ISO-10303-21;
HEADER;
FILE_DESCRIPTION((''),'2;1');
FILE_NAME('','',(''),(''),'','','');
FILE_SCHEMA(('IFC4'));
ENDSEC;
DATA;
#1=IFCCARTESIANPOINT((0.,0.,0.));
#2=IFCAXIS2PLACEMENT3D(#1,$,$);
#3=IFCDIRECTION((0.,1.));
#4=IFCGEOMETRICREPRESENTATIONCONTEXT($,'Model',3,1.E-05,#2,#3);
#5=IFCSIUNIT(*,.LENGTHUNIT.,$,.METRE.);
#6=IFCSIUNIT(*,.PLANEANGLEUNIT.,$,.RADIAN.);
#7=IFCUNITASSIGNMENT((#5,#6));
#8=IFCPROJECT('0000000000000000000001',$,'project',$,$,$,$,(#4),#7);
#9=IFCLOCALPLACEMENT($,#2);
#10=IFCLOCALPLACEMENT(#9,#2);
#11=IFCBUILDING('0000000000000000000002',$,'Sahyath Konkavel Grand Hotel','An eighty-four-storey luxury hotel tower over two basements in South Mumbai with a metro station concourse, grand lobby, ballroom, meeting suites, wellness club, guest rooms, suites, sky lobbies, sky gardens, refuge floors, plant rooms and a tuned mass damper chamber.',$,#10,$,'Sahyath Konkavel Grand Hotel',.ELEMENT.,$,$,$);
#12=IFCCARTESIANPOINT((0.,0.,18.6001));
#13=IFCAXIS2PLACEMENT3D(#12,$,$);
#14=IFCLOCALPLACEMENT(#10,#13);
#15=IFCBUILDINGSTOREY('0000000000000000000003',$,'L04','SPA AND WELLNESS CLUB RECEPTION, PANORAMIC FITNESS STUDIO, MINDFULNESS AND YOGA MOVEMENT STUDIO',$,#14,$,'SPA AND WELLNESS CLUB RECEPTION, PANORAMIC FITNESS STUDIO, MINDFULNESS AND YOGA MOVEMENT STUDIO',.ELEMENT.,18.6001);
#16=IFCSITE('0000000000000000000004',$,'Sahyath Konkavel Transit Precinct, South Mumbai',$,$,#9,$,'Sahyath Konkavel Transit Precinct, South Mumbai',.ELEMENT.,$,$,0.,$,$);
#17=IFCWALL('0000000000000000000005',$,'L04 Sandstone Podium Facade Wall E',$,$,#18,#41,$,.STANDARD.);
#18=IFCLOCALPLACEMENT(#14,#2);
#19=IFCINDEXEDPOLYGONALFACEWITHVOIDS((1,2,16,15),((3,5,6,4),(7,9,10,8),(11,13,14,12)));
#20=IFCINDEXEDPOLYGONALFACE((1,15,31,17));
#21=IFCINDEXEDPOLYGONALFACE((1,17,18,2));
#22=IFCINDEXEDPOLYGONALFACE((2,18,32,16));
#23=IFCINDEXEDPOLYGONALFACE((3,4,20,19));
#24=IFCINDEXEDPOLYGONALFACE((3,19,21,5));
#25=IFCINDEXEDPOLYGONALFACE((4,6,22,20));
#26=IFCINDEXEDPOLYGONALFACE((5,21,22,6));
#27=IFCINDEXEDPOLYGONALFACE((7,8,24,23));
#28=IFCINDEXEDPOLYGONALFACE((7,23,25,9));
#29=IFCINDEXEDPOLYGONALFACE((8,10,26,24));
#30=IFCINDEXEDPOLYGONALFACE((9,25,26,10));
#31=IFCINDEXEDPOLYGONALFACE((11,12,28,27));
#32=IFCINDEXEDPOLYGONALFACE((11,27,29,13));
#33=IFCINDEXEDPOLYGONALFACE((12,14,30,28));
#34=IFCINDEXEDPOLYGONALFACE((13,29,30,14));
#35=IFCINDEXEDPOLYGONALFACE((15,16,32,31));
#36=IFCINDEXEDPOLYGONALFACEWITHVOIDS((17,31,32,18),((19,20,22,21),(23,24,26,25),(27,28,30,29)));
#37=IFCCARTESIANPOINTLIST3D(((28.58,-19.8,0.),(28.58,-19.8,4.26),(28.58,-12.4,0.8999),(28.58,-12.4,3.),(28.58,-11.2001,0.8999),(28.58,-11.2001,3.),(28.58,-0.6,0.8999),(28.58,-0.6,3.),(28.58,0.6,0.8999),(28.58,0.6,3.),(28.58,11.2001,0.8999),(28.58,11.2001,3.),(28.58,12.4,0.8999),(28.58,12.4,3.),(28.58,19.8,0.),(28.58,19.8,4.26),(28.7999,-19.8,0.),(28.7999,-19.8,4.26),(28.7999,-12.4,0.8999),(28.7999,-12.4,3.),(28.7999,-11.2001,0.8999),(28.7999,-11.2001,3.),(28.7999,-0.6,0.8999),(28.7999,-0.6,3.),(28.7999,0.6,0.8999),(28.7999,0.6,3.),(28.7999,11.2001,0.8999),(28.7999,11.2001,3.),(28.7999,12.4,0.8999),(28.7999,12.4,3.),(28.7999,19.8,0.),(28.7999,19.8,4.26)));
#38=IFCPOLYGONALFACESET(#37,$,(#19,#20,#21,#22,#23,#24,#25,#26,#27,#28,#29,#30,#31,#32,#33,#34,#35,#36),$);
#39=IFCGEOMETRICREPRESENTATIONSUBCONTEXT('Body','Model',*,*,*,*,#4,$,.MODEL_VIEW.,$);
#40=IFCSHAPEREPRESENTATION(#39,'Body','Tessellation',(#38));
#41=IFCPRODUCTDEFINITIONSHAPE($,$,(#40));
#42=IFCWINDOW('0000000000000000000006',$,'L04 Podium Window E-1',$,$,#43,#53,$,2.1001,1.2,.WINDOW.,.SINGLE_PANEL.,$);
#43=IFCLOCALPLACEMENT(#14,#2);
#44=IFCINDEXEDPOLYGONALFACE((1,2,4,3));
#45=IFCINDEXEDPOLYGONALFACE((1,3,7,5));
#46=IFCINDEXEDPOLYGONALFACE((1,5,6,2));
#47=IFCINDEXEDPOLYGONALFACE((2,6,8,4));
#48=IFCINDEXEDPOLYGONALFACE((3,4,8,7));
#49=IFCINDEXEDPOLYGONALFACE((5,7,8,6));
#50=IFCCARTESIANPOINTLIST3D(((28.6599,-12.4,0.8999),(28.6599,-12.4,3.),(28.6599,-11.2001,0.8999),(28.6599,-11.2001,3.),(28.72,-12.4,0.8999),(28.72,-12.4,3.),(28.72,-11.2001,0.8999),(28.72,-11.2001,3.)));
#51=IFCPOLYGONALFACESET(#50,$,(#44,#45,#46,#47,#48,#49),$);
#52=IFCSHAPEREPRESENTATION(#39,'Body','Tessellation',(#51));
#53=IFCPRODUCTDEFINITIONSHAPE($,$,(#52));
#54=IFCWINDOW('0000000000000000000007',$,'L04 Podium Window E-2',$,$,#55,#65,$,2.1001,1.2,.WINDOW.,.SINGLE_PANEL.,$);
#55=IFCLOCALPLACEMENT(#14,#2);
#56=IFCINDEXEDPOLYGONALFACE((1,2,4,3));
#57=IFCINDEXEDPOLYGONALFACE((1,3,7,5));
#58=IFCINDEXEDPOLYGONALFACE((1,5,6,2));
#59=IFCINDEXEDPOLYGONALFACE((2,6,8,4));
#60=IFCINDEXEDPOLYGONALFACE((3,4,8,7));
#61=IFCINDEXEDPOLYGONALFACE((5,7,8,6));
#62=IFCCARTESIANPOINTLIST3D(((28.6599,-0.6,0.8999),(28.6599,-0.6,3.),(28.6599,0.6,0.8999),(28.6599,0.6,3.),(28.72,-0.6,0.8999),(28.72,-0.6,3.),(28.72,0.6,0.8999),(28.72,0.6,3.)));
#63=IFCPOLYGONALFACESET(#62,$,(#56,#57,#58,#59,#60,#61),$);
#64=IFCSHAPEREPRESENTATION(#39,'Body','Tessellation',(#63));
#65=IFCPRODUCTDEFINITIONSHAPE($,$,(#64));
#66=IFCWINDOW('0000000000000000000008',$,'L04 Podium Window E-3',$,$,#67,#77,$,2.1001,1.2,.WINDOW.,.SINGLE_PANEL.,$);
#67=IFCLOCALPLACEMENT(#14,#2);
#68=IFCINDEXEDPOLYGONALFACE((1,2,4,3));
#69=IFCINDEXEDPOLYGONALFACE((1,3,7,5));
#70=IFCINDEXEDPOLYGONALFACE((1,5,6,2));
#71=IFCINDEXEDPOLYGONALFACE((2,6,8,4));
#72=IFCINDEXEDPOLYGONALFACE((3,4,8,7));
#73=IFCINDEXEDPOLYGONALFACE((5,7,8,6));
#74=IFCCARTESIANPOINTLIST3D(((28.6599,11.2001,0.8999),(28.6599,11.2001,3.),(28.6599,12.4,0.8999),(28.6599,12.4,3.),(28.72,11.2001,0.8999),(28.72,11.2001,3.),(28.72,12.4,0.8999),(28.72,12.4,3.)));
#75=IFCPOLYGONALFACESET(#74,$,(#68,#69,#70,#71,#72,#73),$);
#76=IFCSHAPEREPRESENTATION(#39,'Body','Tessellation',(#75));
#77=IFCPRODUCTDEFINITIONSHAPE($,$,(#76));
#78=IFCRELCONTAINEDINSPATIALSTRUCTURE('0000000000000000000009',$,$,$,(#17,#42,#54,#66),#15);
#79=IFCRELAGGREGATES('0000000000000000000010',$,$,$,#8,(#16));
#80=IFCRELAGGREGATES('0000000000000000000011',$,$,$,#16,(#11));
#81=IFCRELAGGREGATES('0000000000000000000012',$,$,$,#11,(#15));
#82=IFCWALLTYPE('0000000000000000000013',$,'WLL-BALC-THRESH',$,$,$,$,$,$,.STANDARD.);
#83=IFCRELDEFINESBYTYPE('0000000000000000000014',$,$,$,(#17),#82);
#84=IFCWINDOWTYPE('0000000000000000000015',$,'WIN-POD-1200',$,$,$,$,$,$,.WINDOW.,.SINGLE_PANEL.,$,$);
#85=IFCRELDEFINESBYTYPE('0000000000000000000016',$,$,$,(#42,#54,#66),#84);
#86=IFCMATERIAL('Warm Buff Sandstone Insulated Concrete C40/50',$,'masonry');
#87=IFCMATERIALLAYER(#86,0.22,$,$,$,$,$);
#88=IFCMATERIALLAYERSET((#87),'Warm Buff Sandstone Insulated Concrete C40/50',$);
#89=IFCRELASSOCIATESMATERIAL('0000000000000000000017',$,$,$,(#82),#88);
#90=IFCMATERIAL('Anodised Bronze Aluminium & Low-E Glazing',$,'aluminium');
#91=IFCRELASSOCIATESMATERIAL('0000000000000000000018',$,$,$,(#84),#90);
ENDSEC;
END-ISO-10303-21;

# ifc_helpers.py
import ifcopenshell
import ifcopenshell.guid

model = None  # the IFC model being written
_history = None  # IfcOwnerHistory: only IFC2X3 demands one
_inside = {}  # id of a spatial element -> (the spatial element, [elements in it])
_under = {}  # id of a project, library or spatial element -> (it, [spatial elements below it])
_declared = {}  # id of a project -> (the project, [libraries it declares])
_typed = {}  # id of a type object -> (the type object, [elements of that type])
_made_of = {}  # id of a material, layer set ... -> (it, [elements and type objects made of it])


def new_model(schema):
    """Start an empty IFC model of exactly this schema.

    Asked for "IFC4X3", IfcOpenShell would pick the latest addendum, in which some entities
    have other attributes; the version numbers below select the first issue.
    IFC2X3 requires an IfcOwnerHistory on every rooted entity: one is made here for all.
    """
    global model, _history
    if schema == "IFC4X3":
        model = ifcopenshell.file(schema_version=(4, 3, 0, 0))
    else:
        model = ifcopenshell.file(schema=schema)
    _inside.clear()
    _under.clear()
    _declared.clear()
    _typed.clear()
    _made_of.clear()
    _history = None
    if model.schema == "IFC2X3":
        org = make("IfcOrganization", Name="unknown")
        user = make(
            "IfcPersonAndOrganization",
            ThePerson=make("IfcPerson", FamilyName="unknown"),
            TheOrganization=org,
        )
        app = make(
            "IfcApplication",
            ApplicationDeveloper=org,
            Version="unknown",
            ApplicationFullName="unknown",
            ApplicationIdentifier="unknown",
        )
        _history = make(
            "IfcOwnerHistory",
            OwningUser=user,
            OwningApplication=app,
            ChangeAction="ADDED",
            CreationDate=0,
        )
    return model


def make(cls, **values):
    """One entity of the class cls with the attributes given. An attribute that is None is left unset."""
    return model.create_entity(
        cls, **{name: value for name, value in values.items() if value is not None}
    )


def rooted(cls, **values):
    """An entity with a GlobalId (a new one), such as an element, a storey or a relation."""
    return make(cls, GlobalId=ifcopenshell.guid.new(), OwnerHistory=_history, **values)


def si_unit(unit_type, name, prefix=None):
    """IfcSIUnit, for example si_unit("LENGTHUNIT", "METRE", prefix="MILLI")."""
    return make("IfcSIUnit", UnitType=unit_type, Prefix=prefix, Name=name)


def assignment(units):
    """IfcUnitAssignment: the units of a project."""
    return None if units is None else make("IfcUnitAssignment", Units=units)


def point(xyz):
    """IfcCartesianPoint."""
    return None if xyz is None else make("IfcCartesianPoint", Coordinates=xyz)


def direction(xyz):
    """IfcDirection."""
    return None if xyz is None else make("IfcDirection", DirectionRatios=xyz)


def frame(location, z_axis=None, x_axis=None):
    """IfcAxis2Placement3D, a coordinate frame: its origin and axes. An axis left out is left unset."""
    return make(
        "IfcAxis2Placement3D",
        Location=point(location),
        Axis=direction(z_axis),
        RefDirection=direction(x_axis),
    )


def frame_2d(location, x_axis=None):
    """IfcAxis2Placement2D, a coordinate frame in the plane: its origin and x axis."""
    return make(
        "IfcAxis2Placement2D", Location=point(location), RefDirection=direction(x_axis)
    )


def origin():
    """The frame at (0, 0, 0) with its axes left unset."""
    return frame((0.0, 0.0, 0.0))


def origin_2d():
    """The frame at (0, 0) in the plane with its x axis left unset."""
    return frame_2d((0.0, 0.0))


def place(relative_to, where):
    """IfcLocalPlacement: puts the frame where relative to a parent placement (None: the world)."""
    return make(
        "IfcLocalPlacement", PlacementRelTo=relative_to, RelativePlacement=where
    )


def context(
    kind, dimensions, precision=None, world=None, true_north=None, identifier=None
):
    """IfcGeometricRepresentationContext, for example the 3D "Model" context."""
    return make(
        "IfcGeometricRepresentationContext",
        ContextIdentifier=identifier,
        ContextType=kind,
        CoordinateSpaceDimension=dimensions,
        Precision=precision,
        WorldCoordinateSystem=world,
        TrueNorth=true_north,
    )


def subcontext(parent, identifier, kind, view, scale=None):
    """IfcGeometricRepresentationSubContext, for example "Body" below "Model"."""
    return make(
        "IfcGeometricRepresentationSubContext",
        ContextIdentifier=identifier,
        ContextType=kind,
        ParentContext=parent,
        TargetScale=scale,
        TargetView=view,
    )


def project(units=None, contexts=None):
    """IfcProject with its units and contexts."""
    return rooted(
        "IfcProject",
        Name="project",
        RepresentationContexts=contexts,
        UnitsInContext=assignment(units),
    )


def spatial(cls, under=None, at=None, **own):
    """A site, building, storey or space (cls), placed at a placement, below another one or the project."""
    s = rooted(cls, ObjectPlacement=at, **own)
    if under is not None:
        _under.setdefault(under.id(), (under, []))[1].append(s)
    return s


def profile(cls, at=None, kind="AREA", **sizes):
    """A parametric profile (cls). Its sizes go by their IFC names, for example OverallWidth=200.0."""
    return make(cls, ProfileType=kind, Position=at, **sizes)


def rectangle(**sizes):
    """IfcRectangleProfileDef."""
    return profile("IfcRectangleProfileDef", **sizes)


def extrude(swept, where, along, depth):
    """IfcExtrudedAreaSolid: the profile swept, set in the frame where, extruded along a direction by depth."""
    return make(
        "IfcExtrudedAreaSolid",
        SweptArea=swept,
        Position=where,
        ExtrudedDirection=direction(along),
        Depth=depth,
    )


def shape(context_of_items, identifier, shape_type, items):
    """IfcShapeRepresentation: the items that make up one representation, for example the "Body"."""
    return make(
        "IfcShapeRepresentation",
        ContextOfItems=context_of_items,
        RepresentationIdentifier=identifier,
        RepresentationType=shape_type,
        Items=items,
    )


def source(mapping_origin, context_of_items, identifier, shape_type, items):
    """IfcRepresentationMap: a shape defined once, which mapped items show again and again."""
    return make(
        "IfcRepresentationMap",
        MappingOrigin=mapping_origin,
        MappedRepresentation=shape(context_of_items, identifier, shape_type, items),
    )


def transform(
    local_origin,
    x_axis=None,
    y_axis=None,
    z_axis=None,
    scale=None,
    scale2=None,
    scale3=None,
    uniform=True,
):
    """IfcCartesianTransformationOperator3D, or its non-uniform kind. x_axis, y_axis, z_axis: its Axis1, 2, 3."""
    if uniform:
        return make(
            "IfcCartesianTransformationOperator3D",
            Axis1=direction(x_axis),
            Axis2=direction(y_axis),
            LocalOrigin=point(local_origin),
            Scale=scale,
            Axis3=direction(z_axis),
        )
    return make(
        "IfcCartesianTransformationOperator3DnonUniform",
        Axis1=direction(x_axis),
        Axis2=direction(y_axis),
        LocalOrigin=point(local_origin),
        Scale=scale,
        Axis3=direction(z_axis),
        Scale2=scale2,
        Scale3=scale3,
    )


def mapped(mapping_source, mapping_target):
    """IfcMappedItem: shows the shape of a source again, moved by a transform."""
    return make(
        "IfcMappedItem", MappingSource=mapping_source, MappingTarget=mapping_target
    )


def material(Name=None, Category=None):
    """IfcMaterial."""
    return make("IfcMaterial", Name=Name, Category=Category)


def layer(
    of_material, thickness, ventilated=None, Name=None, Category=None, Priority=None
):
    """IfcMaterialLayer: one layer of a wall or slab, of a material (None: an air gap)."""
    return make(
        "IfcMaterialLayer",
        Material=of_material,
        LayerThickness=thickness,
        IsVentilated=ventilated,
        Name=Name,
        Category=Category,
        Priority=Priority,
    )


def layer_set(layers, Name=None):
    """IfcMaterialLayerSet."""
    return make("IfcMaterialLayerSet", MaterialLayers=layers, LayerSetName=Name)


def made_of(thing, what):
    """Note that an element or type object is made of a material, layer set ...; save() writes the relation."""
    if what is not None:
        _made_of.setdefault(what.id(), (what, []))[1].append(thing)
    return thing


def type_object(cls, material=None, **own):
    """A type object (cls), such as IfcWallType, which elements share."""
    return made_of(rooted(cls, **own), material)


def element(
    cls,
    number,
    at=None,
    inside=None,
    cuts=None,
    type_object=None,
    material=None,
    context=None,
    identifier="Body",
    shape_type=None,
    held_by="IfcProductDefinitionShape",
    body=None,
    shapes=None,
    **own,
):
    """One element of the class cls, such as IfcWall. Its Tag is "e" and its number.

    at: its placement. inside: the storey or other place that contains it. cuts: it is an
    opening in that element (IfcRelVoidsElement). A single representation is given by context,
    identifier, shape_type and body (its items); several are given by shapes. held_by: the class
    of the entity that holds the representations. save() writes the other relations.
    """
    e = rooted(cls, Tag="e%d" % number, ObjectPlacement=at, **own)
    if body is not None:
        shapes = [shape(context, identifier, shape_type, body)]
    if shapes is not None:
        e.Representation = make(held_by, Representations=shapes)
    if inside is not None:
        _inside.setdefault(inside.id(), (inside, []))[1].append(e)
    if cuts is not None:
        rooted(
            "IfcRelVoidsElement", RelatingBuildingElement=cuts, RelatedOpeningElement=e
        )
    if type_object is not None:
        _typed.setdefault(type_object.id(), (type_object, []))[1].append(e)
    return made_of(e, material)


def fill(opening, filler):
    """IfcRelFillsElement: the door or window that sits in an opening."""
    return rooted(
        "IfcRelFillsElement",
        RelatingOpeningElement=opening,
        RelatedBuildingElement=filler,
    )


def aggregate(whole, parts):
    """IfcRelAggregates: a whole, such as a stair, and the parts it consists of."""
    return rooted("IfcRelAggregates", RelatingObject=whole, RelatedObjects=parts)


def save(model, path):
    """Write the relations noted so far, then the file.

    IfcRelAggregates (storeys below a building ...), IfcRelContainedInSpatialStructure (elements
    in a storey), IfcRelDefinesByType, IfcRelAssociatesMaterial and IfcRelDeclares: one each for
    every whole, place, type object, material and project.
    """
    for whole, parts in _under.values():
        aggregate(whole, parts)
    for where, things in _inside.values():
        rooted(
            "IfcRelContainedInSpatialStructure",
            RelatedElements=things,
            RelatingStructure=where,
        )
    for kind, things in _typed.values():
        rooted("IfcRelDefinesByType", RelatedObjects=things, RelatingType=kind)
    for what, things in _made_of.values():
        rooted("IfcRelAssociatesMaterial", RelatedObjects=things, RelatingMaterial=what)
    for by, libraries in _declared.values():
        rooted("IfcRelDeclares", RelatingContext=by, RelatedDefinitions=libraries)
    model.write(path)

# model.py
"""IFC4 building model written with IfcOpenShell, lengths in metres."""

from ifc_helpers import new_model, si_unit, direction, frame, frame_2d, origin, origin_2d, place, context, subcontext, project, spatial, rectangle, extrude, source, transform, mapped, material, layer, layer_set, type_object, element, fill, save


model = new_model("IFC4")

# Units and contexts
model_context = context("Model", 3, precision=1e-05, world=origin(), true_north=direction((0.0, 1.0)))
body_context = subcontext(model_context, "Body", "Model", "MODEL_VIEW")
ifc_project = project(units=[si_unit("LENGTHUNIT", "METRE"), si_unit("PLANEANGLEUNIT", "RADIAN")], contexts=[model_context])

# Site, building, storey
site_placement = place(None, origin())
site = spatial("IfcSite", under=ifc_project, at=site_placement, Name="Sahyath Konkavel Transit Precinct, South Mumbai", LongName="Sahyath Konkavel Transit Precinct, South Mumbai", CompositionType="ELEMENT", RefElevation=0.0)
building_placement = place(site_placement, origin())
building = spatial("IfcBuilding", under=site, at=building_placement, Name="Sahyath Konkavel Grand Hotel", Description="An eighty-four-storey luxury hotel tower over two basements in South Mumbai with a metro station concourse, grand lobby, ballroom, meeting suites, wellness club, guest rooms, suites, sky lobbies, sky gardens, refuge floors, plant rooms and a tuned mass damper chamber.", LongName="Sahyath Konkavel Grand Hotel", CompositionType="ELEMENT")
storey_placement = place(building_placement, frame((0.0, 0.0, 18.6001)))
storey = spatial("IfcBuildingStorey", under=building, at=storey_placement, Name="L04", Description="SPA AND WELLNESS CLUB RECEPTION, PANORAMIC FITNESS STUDIO, MINDFULNESS AND YOGA MOVEMENT STUDIO", LongName="SPA AND WELLNESS CLUB RECEPTION, PANORAMIC FITNESS STUDIO, MINDFULNESS AND YOGA MOVEMENT STUDIO", CompositionType="ELEMENT", Elevation=18.6001)

# Shared definitions
ifc_material_1 = material(Name="Anodised Bronze Aluminium & Low-E Glazing", Category="aluminium")

# Shared definitions
ifc_material_2 = material(Name="Warm Buff Sandstone Insulated Concrete C40/50", Category="masonry")
ifc_layer_1 = layer(ifc_material_2, 0.22)
ifc_layer_set_1 = layer_set([ifc_layer_1], Name="Warm Buff Sandstone Insulated Concrete C40/50")
wall_type_1 = type_object("IfcWallType", Name="WLL-BALC-THRESH", PredefinedType="STANDARD", material=ifc_layer_set_1)

# Wall, openings, windows
wall_1_placement = place(storey_placement, frame((28.6899, -19.8, 0.0), z_axis=(0.0, 0.0, 1.0), x_axis=(0.0, 1.0, 0.0)))
wall_1 = element("IfcWall", 1, at=wall_1_placement, inside=storey, type_object=wall_type_1, Name="L04 Sandstone Podium Facade Wall E", PredefinedType="STANDARD", context=body_context, shape_type="SweptSolid", body=[
    extrude(rectangle(XDim=39.6001, YDim=0.22, at=frame_2d((19.8, 0.0))), origin(), (0.0, 0.0, 1.0), 4.26),
])
opening_1_placement = place(wall_1_placement, frame((7.3999, 0.0, 0.8999)))
opening_1 = element("IfcOpeningElement", 2, at=opening_1_placement, cuts=wall_1, PredefinedType="OPENING", context=body_context, shape_type="SweptSolid", body=[
    extrude(rectangle(XDim=1.2, YDim=2.1001, at=frame_2d((0.6001, 1.05))), frame((0.0, 0.1201, 0.0), z_axis=(0.0, -1.0, 0.0), x_axis=(1.0, 0.0, 0.0)), (0.0, 0.0, 1.0), 0.24),
])
opening_2_placement = place(wall_1_placement, frame((19.2, 0.0, 0.8999)))
opening_2 = element("IfcOpeningElement", 3, at=opening_2_placement, cuts=wall_1, PredefinedType="OPENING", context=body_context, shape_type="SweptSolid", body=[
    extrude(rectangle(XDim=1.2, YDim=2.1001, at=frame_2d((0.6001, 1.05))), frame((0.0, 0.1201, 0.0), z_axis=(0.0, -1.0, 0.0), x_axis=(1.0, 0.0, 0.0)), (0.0, 0.0, 1.0), 0.24),
])
opening_3_placement = place(wall_1_placement, frame((31.0, 0.0, 0.8999)))
opening_3 = element("IfcOpeningElement", 4, at=opening_3_placement, cuts=wall_1, PredefinedType="OPENING", context=body_context, shape_type="SweptSolid", body=[
    extrude(rectangle(XDim=1.2, YDim=2.1001, at=frame_2d((0.6001, 1.05))), frame((0.0, 0.1201, 0.0), z_axis=(0.0, -1.0, 0.0), x_axis=(1.0, 0.0, 0.0)), (0.0, 0.0, 1.0), 0.24),
])
window_type = type_object("IfcWindowType", Name="WIN-POD-1200", PartitioningType="SINGLE_PANEL", PredefinedType="WINDOW", material=ifc_material_1)
shared_shape_1 = source(origin(), body_context, "Body", "SweptSolid", [
    extrude(rectangle(XDim=1.2, YDim=0.0601, at=origin_2d()), origin(), (0.0, 0.0, 1.0), 2.1001),
])
window_1_placement = place(opening_1_placement, frame((0.6001, 0.0, 0.0)))
window_1 = element("IfcWindow", 5, at=window_1_placement, inside=storey, type_object=window_type, Name="L04 Podium Window E-1", OverallHeight=2.1001, OverallWidth=1.2, PartitioningType="SINGLE_PANEL", PredefinedType="WINDOW", context=body_context, shape_type="MappedRepresentation", body=[
    mapped(shared_shape_1, transform((0.0, 0.0, 0.0), scale=1.0)),
])
fill(opening_1, window_1)
window_2_placement = place(opening_2_placement, frame((0.6001, 0.0, 0.0)))
window_2 = element("IfcWindow", 6, at=window_2_placement, inside=storey, type_object=window_type, Name="L04 Podium Window E-2", OverallHeight=2.1001, OverallWidth=1.2, PartitioningType="SINGLE_PANEL", PredefinedType="WINDOW", context=body_context, shape_type="MappedRepresentation", body=[
    mapped(shared_shape_1, transform((0.0, 0.0, 0.0), scale=1.0)),
])
fill(opening_2, window_2)
window_3_placement = place(opening_3_placement, frame((0.6001, 0.0, 0.0)))
window_3 = element("IfcWindow", 7, at=window_3_placement, inside=storey, type_object=window_type, Name="L04 Podium Window E-3", OverallHeight=2.1001, OverallWidth=1.2, PartitioningType="SINGLE_PANEL", PredefinedType="WINDOW", context=body_context, shape_type="MappedRepresentation", body=[
    mapped(shared_shape_1, transform((0.0, 0.0, 0.0), scale=1.0)),
])
fill(opening_3, window_3)

save(model, "model.ifc")
